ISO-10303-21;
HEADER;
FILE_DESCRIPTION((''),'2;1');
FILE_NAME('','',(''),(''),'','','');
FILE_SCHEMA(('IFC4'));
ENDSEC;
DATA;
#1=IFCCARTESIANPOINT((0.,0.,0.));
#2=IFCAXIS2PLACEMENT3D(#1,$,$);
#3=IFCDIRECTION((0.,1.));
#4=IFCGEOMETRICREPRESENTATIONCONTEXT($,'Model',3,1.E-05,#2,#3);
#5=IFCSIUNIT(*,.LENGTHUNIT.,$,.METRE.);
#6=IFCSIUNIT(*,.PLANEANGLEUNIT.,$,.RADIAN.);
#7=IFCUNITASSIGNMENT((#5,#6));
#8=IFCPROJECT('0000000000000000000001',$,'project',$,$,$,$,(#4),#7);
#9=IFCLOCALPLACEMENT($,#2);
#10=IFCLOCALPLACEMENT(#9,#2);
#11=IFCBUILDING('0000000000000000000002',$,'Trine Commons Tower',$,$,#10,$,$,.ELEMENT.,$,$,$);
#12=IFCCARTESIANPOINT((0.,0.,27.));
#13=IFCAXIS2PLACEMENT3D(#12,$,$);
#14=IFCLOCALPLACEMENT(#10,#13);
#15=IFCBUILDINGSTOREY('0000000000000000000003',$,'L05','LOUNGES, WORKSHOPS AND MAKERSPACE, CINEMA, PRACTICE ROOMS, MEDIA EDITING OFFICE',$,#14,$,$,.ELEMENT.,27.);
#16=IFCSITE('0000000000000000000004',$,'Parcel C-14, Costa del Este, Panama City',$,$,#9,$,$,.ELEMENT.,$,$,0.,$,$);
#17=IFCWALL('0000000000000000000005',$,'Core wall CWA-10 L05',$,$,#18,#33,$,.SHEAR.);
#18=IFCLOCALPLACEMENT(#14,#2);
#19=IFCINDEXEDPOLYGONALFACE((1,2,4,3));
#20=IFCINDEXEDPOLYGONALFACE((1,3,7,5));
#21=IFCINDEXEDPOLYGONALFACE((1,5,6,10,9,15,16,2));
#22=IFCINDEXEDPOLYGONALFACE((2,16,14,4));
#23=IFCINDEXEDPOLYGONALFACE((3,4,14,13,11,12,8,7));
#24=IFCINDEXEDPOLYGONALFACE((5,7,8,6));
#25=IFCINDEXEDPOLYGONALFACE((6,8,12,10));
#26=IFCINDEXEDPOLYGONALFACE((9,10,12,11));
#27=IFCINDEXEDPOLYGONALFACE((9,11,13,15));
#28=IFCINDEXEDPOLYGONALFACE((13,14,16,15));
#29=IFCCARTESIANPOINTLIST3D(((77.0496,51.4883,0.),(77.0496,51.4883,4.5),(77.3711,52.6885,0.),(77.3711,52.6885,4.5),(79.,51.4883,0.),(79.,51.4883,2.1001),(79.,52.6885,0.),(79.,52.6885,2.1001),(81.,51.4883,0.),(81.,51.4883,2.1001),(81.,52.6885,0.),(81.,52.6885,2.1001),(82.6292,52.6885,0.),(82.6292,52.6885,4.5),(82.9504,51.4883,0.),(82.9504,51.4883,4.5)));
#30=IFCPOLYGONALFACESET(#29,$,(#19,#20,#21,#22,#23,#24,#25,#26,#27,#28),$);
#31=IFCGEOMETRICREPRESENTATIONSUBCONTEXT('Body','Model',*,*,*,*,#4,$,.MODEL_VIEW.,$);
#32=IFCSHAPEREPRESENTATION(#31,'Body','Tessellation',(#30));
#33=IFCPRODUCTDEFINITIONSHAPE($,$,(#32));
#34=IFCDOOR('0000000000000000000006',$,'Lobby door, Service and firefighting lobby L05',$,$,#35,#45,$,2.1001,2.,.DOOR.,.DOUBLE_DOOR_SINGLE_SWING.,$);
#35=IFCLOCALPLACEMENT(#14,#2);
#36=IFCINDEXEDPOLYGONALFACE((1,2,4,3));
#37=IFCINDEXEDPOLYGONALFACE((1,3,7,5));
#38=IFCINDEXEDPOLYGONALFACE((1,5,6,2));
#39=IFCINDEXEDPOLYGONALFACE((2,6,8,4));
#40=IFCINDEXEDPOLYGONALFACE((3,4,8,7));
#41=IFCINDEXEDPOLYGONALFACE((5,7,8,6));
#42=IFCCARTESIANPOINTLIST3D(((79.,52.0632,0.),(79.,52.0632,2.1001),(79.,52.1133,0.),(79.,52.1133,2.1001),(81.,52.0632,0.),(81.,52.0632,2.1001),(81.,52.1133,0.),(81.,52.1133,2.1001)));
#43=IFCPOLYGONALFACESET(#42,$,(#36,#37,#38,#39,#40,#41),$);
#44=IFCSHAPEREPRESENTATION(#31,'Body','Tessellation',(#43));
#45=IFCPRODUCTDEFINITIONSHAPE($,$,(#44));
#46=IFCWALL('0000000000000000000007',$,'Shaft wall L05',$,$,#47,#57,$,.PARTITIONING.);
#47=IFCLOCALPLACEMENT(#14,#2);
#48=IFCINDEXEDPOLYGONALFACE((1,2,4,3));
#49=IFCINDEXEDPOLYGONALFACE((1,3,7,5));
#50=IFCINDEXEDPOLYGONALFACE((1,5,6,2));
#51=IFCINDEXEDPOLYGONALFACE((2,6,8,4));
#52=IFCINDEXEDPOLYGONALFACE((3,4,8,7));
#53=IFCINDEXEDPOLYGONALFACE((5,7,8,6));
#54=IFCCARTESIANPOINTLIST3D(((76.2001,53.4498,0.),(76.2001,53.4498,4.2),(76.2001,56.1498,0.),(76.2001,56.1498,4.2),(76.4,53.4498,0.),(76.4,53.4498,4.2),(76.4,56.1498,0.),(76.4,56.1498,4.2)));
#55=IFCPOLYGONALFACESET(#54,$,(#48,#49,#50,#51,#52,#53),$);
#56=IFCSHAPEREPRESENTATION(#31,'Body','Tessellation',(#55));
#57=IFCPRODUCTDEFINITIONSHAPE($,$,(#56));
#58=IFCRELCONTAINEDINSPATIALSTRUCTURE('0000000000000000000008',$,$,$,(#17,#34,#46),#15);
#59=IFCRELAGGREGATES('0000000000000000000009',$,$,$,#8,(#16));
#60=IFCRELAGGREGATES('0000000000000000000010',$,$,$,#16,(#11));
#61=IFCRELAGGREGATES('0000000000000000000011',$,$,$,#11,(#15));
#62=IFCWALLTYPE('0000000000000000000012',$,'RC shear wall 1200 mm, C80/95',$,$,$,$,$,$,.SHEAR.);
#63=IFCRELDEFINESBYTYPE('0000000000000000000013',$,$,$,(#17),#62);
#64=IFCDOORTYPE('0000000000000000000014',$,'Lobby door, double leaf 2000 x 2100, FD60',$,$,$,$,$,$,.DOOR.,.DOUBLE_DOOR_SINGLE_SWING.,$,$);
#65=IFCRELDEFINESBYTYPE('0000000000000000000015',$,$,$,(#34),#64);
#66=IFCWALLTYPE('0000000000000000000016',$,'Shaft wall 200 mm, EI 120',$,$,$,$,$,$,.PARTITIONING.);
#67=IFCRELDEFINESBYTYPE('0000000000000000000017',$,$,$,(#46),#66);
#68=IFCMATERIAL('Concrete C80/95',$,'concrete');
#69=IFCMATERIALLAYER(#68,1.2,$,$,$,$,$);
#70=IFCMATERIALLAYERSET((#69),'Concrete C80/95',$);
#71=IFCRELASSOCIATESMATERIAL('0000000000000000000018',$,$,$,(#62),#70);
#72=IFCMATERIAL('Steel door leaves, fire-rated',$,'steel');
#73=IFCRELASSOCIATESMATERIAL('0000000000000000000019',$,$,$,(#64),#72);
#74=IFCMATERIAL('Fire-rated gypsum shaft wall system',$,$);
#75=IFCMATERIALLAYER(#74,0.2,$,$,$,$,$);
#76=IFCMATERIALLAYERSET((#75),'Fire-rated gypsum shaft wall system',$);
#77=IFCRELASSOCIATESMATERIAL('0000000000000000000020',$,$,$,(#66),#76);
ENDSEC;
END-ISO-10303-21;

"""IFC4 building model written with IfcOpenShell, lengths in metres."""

from ifc_helpers import new_model, si_unit, direction, frame, frame_2d, origin, place, context, subcontext, project, spatial, polyline, rectangle, outline, extrude, material, layer, layer_set, type_object, element, fill, save


model = new_model("IFC4")

# Units and contexts
model_context = context("Model", 3, precision=1e-05, world=origin(), true_north=direction((0.0, 1.0)))
body_context = subcontext(model_context, "Body", "Model", "MODEL_VIEW")
ifc_project = project(units=[si_unit("LENGTHUNIT", "METRE"), si_unit("PLANEANGLEUNIT", "RADIAN")], contexts=[model_context])

# Site, building, storey
site_placement = place(None, origin())
site = spatial("IfcSite", under=ifc_project, at=site_placement, Name="Parcel C-14, Costa del Este, Panama City", CompositionType="ELEMENT", RefElevation=0.0)
building_placement = place(site_placement, origin())
building = spatial("IfcBuilding", under=site, at=building_placement, Name="Trine Commons Tower", CompositionType="ELEMENT")
storey_placement = place(building_placement, frame((0.0, 0.0, 27.0)))
storey = spatial("IfcBuildingStorey", under=building, at=storey_placement, Name="L05", Description="LOUNGES, WORKSHOPS AND MAKERSPACE, CINEMA, PRACTICE ROOMS, MEDIA EDITING OFFICE", CompositionType="ELEMENT", Elevation=27.0)

# Shared definitions
ifc_material_1 = material(Name="Concrete C80/95", Category="concrete")

# Wall, opening, door
ifc_layer_1 = layer(ifc_material_1, 1.2)
ifc_layer_set_1 = layer_set([ifc_layer_1], Name="Concrete C80/95")
wall_type_1 = type_object("IfcWallType", Name="RC shear wall 1200 mm, C80/95", PredefinedType="SHEAR", material=ifc_layer_set_1)
wall_1_placement = place(storey_placement, frame((77.0496, 52.0884, 0.0), z_axis=(0.0, 0.0, 1.0), x_axis=(1.0, 0.0, 0.0)))
wall_1 = element("IfcWall", 1, at=wall_1_placement, inside=storey, type_object=wall_type_1, Name="Core wall CWA-10 L05", PredefinedType="SHEAR", context=body_context, shape_type="SweptSolid", body=[
    extrude(outline(polyline([(0.0, -0.6001), (5.9009, -0.6001), (5.5796, 0.6001), (0.3215, 0.6001), (0.0, -0.6001)])), origin(), (0.0, 0.0, 1.0), 4.5),
])
opening_1_placement = place(wall_1_placement, frame((1.9504, 0.0, 0.0)))
opening_1 = element("IfcOpeningElement", 2, at=opening_1_placement, cuts=wall_1, PredefinedType="OPENING", context=body_context, shape_type="SweptSolid", body=[
    extrude(rectangle(XDim=2.0, YDim=2.1001, at=frame_2d((1.0, 1.05))), frame((0.0, 0.6099, 0.0), z_axis=(0.0, -1.0, 0.0), x_axis=(1.0, 0.0, 0.0)), (0.0, 0.0, 1.0), 1.22),
])
ifc_material_2 = material(Name="Steel door leaves, fire-rated", Category="steel")
door_type_1 = type_object("IfcDoorType", Name="Lobby door, double leaf 2000 x 2100, FD60", OperationType="DOUBLE_DOOR_SINGLE_SWING", PredefinedType="DOOR", material=ifc_material_2)
door_1_placement = place(opening_1_placement, origin())
door_1 = element("IfcDoor", 3, at=door_1_placement, inside=storey, type_object=door_type_1, Name="Lobby door, Service and firefighting lobby L05", OperationType="DOUBLE_DOOR_SINGLE_SWING", OverallHeight=2.1001, OverallWidth=2.0, PredefinedType="DOOR", context=body_context, shape_type="SweptSolid", body=[
    extrude(rectangle(XDim=2.0, YDim=2.1001, at=frame_2d((1.0, 1.05))), frame((0.0, 0.0249, 0.0), z_axis=(0.0, -1.0, 0.0), x_axis=(1.0, 0.0, 0.0)), (0.0, 0.0, 1.0), 0.05),
])
fill(opening_1, door_1)

# Wall
ifc_material_3 = material(Name="Fire-rated gypsum shaft wall system")
ifc_layer_2 = layer(ifc_material_3, 0.2)
ifc_layer_set_2 = layer_set([ifc_layer_2], Name="Fire-rated gypsum shaft wall system")
wall_type_2 = type_object("IfcWallType", Name="Shaft wall 200 mm, EI 120", PredefinedType="PARTITIONING", material=ifc_layer_set_2)
wall_2_placement = place(storey_placement, frame((76.3, 56.1499, 0.0), z_axis=(0.0, 0.0, 1.0), x_axis=(0.0, -1.0, 0.0)))
element("IfcWall", 4, at=wall_2_placement, inside=storey, type_object=wall_type_2, Name="Shaft wall L05", PredefinedType="PARTITIONING", context=body_context, shape_type="SweptSolid", body=[
    extrude(rectangle(XDim=2.7, YDim=0.2, at=frame_2d((1.3501, 0.0))), origin(), (0.0, 0.0, 1.0), 4.2),
])

save(model, "model.ifc")
